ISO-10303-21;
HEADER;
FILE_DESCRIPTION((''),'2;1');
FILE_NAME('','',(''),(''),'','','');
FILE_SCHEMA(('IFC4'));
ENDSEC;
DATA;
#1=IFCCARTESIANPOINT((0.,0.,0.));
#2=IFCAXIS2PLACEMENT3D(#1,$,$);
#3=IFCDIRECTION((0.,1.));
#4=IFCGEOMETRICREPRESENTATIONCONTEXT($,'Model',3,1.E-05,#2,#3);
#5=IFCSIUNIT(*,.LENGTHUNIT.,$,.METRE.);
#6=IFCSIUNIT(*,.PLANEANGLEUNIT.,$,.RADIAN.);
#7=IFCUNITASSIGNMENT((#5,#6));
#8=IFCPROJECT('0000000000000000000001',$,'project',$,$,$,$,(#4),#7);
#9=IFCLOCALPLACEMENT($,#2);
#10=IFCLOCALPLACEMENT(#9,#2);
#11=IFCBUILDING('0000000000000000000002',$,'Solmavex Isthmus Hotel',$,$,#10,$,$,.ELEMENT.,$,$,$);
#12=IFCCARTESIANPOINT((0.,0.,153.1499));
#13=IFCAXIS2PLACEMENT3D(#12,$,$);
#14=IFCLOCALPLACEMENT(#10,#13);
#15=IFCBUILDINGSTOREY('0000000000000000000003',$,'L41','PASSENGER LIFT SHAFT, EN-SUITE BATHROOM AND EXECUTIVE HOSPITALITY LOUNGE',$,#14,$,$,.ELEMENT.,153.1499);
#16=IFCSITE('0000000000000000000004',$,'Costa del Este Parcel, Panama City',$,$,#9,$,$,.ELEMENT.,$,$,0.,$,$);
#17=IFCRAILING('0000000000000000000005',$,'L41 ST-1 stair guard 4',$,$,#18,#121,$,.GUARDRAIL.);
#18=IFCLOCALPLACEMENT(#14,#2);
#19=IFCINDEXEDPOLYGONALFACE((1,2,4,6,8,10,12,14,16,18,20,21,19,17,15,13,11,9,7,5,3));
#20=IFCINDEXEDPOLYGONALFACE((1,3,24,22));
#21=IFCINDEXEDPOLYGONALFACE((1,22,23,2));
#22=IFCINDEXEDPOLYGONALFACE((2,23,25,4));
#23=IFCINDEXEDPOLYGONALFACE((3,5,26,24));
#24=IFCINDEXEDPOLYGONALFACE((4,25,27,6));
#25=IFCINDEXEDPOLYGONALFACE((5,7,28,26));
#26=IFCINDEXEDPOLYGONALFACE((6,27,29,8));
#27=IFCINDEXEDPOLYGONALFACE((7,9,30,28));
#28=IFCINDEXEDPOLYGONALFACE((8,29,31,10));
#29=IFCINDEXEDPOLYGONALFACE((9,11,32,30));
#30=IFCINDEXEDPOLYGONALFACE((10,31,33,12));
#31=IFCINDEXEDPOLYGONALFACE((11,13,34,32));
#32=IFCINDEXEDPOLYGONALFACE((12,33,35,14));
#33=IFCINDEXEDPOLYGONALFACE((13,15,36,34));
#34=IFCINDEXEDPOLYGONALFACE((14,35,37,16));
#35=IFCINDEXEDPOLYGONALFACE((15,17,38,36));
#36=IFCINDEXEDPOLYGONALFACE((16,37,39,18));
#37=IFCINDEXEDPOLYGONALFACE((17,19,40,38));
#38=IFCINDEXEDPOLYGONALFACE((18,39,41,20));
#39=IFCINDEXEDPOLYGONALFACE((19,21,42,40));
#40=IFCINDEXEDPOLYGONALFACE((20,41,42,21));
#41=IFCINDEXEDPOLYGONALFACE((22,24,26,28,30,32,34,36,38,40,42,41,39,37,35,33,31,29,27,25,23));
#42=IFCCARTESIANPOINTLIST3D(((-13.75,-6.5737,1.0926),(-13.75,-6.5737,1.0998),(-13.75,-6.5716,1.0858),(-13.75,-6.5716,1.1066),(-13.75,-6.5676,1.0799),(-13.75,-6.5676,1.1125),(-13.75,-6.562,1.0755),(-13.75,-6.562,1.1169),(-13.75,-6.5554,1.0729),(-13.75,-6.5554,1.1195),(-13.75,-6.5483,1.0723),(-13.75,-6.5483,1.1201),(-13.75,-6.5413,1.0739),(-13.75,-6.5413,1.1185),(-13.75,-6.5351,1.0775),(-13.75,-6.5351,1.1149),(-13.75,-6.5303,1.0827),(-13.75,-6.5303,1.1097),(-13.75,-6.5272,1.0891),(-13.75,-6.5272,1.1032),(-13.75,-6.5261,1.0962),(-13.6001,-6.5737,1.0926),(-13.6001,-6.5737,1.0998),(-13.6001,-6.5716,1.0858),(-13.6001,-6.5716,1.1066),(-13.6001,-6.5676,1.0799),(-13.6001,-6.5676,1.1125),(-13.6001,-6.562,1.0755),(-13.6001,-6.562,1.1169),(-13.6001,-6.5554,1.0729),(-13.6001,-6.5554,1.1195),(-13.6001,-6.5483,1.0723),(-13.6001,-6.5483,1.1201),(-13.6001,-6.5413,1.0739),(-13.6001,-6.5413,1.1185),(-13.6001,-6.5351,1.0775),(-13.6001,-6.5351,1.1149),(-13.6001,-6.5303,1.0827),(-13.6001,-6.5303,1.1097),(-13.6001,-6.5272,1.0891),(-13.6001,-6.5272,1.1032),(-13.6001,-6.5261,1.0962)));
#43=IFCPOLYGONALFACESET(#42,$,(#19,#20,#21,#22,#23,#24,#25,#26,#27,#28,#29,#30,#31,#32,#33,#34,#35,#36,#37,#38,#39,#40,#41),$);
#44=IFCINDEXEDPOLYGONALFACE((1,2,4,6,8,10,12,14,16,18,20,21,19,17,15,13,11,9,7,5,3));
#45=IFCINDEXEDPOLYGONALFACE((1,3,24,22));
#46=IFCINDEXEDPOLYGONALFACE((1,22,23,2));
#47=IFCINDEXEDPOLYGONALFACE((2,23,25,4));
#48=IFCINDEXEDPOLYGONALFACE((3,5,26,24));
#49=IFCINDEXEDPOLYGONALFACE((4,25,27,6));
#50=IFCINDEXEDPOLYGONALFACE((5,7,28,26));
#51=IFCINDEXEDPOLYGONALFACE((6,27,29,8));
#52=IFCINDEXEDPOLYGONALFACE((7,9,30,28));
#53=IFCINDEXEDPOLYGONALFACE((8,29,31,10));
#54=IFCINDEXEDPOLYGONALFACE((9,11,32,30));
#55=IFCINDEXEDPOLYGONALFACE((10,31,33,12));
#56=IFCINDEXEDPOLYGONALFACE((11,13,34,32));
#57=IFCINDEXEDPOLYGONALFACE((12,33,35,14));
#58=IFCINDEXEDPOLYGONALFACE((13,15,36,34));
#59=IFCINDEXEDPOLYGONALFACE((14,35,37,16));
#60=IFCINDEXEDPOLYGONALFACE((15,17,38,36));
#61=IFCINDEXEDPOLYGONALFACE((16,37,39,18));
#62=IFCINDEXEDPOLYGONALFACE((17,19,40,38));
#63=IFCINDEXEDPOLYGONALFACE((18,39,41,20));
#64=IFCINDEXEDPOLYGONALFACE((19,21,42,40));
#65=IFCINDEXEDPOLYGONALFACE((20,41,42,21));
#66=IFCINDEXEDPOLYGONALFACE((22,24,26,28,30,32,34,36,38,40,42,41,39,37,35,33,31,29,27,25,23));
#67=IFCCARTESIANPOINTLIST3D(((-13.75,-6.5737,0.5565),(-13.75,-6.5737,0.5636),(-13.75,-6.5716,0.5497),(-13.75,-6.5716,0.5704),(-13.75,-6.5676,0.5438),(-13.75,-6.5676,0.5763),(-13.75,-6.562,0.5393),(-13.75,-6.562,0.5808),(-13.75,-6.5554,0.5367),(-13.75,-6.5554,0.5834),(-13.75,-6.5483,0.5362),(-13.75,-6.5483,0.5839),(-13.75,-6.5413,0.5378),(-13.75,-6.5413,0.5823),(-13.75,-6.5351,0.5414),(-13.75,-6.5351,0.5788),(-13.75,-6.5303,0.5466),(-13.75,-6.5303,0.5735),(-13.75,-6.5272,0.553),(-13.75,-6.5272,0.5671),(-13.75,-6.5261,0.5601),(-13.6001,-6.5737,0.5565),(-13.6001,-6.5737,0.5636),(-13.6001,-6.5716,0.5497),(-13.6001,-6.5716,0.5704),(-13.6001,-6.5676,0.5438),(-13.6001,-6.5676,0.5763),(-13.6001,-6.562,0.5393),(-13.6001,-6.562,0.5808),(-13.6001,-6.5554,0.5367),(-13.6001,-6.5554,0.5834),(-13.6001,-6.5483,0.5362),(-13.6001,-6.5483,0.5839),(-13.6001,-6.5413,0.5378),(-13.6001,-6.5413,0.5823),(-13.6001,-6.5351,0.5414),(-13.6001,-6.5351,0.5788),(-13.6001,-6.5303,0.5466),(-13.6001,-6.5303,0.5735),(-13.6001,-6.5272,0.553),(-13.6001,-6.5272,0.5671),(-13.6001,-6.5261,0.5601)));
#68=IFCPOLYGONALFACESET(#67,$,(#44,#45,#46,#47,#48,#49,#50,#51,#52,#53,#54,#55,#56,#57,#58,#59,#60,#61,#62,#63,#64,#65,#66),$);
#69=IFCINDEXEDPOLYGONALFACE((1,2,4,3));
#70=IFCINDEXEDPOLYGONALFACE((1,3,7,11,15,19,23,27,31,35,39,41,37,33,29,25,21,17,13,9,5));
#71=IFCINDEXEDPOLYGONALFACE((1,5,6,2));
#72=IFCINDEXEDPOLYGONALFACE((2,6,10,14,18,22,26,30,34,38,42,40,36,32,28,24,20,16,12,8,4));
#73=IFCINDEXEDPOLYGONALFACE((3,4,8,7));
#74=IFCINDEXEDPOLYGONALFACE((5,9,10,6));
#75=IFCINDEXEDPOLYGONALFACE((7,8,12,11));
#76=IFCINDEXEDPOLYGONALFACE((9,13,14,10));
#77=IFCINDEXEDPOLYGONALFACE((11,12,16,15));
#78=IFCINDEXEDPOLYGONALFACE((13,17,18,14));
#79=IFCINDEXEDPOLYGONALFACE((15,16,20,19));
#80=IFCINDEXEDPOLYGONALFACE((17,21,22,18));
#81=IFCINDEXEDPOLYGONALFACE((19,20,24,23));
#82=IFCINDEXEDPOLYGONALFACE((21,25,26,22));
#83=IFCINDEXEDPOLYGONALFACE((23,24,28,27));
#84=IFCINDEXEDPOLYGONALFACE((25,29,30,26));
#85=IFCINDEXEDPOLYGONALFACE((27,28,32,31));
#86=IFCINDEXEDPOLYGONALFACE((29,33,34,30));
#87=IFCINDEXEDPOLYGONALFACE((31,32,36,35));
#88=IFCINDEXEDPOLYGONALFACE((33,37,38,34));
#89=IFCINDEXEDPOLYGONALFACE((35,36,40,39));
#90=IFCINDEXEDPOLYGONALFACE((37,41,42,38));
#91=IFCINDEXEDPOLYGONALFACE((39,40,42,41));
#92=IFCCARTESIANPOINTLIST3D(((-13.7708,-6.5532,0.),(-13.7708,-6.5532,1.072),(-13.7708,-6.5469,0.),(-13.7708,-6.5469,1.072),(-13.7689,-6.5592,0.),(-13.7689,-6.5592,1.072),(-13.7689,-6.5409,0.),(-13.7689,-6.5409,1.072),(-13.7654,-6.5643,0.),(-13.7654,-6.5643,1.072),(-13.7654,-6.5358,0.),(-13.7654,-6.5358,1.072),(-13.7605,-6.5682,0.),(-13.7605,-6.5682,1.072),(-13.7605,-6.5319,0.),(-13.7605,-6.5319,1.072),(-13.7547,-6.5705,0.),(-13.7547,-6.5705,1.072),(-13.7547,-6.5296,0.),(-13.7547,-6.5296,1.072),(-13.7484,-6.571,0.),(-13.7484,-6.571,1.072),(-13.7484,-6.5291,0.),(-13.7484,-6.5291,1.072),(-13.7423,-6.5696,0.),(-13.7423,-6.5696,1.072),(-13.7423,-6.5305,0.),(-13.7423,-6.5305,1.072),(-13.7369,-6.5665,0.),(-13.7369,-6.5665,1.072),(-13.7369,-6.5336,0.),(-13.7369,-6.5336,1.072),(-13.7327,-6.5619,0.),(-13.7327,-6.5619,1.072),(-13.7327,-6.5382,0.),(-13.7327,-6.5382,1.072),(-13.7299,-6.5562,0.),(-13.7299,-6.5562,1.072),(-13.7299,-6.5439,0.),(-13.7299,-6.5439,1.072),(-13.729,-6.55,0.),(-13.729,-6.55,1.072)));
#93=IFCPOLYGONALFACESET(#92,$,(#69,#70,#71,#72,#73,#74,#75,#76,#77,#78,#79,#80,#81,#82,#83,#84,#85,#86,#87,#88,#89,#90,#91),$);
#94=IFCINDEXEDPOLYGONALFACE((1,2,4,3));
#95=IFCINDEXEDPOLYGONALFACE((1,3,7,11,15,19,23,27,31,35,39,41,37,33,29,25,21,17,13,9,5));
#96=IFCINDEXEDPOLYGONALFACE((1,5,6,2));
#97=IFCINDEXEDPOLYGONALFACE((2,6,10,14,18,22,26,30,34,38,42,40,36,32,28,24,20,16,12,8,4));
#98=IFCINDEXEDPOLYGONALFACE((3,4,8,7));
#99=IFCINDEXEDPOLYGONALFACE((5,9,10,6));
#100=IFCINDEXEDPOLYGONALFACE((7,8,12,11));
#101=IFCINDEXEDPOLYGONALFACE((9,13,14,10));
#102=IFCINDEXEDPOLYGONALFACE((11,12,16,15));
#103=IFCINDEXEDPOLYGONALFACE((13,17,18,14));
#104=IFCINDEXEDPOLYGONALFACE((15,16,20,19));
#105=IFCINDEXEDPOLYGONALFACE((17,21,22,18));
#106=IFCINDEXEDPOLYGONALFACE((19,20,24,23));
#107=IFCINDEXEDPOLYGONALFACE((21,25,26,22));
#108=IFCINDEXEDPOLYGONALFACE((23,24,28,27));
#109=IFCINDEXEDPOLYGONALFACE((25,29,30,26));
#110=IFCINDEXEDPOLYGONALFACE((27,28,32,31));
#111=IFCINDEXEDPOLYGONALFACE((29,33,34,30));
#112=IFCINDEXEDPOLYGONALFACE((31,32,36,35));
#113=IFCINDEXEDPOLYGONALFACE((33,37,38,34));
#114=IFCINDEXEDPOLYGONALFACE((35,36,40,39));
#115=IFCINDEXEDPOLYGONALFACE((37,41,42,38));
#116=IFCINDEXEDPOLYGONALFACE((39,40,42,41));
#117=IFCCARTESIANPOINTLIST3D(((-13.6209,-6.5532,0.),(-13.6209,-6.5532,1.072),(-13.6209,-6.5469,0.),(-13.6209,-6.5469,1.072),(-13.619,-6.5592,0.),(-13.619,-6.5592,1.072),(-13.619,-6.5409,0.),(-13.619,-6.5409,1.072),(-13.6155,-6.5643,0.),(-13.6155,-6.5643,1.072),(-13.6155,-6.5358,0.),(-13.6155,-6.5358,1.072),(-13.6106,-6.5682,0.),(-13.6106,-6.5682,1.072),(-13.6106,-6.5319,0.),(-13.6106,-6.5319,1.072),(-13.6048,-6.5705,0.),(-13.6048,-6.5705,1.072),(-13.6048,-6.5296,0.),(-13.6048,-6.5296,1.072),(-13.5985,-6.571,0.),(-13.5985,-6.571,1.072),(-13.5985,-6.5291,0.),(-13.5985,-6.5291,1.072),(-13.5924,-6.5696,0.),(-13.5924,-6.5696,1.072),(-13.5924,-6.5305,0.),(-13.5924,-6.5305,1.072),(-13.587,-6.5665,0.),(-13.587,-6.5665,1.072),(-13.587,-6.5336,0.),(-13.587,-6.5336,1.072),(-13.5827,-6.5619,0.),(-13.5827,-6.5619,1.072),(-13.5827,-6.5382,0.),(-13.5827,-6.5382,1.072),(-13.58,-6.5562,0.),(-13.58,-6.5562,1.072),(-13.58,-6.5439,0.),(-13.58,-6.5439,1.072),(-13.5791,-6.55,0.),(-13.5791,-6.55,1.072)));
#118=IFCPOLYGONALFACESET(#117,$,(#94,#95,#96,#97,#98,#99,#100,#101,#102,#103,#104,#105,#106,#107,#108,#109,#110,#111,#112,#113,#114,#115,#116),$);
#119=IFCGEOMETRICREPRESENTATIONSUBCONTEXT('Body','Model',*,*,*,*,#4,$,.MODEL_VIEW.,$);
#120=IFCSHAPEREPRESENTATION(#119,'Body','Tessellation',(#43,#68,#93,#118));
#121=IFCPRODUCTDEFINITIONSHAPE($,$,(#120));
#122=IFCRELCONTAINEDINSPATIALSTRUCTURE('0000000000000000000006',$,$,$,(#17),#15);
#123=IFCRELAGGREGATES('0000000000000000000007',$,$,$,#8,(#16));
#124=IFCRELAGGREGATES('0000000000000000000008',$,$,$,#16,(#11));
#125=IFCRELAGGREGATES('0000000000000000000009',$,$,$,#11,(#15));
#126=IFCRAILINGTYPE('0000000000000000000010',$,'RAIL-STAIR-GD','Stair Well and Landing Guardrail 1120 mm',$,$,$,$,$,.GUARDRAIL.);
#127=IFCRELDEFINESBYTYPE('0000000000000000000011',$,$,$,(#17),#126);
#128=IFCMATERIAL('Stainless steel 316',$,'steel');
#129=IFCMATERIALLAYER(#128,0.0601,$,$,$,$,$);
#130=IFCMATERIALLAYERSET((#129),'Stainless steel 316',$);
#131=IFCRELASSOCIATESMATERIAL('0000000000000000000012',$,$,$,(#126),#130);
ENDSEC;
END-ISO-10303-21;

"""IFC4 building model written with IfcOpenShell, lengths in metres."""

from ifc_helpers import new_model, si_unit, direction, frame, origin, origin_2d, place, context, subcontext, project, spatial, circle, extrude, material, layer, layer_set, type_object, element, save


model = new_model("IFC4")

# Units and contexts
model_context = context("Model", 3, precision=1e-05, world=origin(), true_north=direction((0.0, 1.0)))
body_context = subcontext(model_context, "Body", "Model", "MODEL_VIEW")
ifc_project = project(units=[si_unit("LENGTHUNIT", "METRE"), si_unit("PLANEANGLEUNIT", "RADIAN")], contexts=[model_context])

# Site, building, storey
site_placement = place(None, origin())
site = spatial("IfcSite", under=ifc_project, at=site_placement, Name="Costa del Este Parcel, Panama City", CompositionType="ELEMENT", RefElevation=0.0)
building_placement = place(site_placement, origin())
building = spatial("IfcBuilding", under=site, at=building_placement, Name="Solmavex Isthmus Hotel", CompositionType="ELEMENT")
storey_placement = place(building_placement, frame((0.0, 0.0, 153.1499)))
storey = spatial("IfcBuildingStorey", under=building, at=storey_placement, Name="L41", Description="PASSENGER LIFT SHAFT, EN-SUITE BATHROOM AND EXECUTIVE HOSPITALITY LOUNGE", CompositionType="ELEMENT", Elevation=153.1499)

# Shared definitions
ifc_material_1 = material(Name="Stainless steel 316", Category="steel")

# Railing
ifc_layer_1 = layer(ifc_material_1, 0.0601)
ifc_layer_set_1 = layer_set([ifc_layer_1], Name="Stainless steel 316")
railing_type_1 = type_object("IfcRailingType", Name="RAIL-STAIR-GD", Description="Stair Well and Landing Guardrail 1120 mm", PredefinedType="GUARDRAIL", material=ifc_layer_set_1)
railing_1_placement = place(storey_placement, frame((-13.75, -6.55, 0.0)))
element("IfcRailing", 1, at=railing_1_placement, inside=storey, type_object=railing_type_1, Name="L41 ST-1 stair guard 4", PredefinedType="GUARDRAIL", context=body_context, shape_type="SweptSolid", body=[
    extrude(circle(Radius=0.0239, at=origin_2d()), frame((0.0, 0.0, 1.0962), z_axis=(1.0, 0.0, 0.0), x_axis=(0.0, 1.0, 0.0)), (0.0, 0.0, 1.0), 0.1499),
    extrude(circle(Radius=0.0239, at=origin_2d()), frame((0.0, 0.0, 0.5601), z_axis=(1.0, 0.0, 0.0), x_axis=(0.0, 1.0, 0.0)), (0.0, 0.0, 1.0), 0.1499),
    extrude(circle(Radius=0.021, at=origin_2d()), origin(), (0.0, 0.0, 1.0), 1.072),
    extrude(circle(Radius=0.021, at=origin_2d()), frame((0.1499, 0.0, 0.0)), (0.0, 0.0, 1.0), 1.072),
])

save(model, "model.ifc")
